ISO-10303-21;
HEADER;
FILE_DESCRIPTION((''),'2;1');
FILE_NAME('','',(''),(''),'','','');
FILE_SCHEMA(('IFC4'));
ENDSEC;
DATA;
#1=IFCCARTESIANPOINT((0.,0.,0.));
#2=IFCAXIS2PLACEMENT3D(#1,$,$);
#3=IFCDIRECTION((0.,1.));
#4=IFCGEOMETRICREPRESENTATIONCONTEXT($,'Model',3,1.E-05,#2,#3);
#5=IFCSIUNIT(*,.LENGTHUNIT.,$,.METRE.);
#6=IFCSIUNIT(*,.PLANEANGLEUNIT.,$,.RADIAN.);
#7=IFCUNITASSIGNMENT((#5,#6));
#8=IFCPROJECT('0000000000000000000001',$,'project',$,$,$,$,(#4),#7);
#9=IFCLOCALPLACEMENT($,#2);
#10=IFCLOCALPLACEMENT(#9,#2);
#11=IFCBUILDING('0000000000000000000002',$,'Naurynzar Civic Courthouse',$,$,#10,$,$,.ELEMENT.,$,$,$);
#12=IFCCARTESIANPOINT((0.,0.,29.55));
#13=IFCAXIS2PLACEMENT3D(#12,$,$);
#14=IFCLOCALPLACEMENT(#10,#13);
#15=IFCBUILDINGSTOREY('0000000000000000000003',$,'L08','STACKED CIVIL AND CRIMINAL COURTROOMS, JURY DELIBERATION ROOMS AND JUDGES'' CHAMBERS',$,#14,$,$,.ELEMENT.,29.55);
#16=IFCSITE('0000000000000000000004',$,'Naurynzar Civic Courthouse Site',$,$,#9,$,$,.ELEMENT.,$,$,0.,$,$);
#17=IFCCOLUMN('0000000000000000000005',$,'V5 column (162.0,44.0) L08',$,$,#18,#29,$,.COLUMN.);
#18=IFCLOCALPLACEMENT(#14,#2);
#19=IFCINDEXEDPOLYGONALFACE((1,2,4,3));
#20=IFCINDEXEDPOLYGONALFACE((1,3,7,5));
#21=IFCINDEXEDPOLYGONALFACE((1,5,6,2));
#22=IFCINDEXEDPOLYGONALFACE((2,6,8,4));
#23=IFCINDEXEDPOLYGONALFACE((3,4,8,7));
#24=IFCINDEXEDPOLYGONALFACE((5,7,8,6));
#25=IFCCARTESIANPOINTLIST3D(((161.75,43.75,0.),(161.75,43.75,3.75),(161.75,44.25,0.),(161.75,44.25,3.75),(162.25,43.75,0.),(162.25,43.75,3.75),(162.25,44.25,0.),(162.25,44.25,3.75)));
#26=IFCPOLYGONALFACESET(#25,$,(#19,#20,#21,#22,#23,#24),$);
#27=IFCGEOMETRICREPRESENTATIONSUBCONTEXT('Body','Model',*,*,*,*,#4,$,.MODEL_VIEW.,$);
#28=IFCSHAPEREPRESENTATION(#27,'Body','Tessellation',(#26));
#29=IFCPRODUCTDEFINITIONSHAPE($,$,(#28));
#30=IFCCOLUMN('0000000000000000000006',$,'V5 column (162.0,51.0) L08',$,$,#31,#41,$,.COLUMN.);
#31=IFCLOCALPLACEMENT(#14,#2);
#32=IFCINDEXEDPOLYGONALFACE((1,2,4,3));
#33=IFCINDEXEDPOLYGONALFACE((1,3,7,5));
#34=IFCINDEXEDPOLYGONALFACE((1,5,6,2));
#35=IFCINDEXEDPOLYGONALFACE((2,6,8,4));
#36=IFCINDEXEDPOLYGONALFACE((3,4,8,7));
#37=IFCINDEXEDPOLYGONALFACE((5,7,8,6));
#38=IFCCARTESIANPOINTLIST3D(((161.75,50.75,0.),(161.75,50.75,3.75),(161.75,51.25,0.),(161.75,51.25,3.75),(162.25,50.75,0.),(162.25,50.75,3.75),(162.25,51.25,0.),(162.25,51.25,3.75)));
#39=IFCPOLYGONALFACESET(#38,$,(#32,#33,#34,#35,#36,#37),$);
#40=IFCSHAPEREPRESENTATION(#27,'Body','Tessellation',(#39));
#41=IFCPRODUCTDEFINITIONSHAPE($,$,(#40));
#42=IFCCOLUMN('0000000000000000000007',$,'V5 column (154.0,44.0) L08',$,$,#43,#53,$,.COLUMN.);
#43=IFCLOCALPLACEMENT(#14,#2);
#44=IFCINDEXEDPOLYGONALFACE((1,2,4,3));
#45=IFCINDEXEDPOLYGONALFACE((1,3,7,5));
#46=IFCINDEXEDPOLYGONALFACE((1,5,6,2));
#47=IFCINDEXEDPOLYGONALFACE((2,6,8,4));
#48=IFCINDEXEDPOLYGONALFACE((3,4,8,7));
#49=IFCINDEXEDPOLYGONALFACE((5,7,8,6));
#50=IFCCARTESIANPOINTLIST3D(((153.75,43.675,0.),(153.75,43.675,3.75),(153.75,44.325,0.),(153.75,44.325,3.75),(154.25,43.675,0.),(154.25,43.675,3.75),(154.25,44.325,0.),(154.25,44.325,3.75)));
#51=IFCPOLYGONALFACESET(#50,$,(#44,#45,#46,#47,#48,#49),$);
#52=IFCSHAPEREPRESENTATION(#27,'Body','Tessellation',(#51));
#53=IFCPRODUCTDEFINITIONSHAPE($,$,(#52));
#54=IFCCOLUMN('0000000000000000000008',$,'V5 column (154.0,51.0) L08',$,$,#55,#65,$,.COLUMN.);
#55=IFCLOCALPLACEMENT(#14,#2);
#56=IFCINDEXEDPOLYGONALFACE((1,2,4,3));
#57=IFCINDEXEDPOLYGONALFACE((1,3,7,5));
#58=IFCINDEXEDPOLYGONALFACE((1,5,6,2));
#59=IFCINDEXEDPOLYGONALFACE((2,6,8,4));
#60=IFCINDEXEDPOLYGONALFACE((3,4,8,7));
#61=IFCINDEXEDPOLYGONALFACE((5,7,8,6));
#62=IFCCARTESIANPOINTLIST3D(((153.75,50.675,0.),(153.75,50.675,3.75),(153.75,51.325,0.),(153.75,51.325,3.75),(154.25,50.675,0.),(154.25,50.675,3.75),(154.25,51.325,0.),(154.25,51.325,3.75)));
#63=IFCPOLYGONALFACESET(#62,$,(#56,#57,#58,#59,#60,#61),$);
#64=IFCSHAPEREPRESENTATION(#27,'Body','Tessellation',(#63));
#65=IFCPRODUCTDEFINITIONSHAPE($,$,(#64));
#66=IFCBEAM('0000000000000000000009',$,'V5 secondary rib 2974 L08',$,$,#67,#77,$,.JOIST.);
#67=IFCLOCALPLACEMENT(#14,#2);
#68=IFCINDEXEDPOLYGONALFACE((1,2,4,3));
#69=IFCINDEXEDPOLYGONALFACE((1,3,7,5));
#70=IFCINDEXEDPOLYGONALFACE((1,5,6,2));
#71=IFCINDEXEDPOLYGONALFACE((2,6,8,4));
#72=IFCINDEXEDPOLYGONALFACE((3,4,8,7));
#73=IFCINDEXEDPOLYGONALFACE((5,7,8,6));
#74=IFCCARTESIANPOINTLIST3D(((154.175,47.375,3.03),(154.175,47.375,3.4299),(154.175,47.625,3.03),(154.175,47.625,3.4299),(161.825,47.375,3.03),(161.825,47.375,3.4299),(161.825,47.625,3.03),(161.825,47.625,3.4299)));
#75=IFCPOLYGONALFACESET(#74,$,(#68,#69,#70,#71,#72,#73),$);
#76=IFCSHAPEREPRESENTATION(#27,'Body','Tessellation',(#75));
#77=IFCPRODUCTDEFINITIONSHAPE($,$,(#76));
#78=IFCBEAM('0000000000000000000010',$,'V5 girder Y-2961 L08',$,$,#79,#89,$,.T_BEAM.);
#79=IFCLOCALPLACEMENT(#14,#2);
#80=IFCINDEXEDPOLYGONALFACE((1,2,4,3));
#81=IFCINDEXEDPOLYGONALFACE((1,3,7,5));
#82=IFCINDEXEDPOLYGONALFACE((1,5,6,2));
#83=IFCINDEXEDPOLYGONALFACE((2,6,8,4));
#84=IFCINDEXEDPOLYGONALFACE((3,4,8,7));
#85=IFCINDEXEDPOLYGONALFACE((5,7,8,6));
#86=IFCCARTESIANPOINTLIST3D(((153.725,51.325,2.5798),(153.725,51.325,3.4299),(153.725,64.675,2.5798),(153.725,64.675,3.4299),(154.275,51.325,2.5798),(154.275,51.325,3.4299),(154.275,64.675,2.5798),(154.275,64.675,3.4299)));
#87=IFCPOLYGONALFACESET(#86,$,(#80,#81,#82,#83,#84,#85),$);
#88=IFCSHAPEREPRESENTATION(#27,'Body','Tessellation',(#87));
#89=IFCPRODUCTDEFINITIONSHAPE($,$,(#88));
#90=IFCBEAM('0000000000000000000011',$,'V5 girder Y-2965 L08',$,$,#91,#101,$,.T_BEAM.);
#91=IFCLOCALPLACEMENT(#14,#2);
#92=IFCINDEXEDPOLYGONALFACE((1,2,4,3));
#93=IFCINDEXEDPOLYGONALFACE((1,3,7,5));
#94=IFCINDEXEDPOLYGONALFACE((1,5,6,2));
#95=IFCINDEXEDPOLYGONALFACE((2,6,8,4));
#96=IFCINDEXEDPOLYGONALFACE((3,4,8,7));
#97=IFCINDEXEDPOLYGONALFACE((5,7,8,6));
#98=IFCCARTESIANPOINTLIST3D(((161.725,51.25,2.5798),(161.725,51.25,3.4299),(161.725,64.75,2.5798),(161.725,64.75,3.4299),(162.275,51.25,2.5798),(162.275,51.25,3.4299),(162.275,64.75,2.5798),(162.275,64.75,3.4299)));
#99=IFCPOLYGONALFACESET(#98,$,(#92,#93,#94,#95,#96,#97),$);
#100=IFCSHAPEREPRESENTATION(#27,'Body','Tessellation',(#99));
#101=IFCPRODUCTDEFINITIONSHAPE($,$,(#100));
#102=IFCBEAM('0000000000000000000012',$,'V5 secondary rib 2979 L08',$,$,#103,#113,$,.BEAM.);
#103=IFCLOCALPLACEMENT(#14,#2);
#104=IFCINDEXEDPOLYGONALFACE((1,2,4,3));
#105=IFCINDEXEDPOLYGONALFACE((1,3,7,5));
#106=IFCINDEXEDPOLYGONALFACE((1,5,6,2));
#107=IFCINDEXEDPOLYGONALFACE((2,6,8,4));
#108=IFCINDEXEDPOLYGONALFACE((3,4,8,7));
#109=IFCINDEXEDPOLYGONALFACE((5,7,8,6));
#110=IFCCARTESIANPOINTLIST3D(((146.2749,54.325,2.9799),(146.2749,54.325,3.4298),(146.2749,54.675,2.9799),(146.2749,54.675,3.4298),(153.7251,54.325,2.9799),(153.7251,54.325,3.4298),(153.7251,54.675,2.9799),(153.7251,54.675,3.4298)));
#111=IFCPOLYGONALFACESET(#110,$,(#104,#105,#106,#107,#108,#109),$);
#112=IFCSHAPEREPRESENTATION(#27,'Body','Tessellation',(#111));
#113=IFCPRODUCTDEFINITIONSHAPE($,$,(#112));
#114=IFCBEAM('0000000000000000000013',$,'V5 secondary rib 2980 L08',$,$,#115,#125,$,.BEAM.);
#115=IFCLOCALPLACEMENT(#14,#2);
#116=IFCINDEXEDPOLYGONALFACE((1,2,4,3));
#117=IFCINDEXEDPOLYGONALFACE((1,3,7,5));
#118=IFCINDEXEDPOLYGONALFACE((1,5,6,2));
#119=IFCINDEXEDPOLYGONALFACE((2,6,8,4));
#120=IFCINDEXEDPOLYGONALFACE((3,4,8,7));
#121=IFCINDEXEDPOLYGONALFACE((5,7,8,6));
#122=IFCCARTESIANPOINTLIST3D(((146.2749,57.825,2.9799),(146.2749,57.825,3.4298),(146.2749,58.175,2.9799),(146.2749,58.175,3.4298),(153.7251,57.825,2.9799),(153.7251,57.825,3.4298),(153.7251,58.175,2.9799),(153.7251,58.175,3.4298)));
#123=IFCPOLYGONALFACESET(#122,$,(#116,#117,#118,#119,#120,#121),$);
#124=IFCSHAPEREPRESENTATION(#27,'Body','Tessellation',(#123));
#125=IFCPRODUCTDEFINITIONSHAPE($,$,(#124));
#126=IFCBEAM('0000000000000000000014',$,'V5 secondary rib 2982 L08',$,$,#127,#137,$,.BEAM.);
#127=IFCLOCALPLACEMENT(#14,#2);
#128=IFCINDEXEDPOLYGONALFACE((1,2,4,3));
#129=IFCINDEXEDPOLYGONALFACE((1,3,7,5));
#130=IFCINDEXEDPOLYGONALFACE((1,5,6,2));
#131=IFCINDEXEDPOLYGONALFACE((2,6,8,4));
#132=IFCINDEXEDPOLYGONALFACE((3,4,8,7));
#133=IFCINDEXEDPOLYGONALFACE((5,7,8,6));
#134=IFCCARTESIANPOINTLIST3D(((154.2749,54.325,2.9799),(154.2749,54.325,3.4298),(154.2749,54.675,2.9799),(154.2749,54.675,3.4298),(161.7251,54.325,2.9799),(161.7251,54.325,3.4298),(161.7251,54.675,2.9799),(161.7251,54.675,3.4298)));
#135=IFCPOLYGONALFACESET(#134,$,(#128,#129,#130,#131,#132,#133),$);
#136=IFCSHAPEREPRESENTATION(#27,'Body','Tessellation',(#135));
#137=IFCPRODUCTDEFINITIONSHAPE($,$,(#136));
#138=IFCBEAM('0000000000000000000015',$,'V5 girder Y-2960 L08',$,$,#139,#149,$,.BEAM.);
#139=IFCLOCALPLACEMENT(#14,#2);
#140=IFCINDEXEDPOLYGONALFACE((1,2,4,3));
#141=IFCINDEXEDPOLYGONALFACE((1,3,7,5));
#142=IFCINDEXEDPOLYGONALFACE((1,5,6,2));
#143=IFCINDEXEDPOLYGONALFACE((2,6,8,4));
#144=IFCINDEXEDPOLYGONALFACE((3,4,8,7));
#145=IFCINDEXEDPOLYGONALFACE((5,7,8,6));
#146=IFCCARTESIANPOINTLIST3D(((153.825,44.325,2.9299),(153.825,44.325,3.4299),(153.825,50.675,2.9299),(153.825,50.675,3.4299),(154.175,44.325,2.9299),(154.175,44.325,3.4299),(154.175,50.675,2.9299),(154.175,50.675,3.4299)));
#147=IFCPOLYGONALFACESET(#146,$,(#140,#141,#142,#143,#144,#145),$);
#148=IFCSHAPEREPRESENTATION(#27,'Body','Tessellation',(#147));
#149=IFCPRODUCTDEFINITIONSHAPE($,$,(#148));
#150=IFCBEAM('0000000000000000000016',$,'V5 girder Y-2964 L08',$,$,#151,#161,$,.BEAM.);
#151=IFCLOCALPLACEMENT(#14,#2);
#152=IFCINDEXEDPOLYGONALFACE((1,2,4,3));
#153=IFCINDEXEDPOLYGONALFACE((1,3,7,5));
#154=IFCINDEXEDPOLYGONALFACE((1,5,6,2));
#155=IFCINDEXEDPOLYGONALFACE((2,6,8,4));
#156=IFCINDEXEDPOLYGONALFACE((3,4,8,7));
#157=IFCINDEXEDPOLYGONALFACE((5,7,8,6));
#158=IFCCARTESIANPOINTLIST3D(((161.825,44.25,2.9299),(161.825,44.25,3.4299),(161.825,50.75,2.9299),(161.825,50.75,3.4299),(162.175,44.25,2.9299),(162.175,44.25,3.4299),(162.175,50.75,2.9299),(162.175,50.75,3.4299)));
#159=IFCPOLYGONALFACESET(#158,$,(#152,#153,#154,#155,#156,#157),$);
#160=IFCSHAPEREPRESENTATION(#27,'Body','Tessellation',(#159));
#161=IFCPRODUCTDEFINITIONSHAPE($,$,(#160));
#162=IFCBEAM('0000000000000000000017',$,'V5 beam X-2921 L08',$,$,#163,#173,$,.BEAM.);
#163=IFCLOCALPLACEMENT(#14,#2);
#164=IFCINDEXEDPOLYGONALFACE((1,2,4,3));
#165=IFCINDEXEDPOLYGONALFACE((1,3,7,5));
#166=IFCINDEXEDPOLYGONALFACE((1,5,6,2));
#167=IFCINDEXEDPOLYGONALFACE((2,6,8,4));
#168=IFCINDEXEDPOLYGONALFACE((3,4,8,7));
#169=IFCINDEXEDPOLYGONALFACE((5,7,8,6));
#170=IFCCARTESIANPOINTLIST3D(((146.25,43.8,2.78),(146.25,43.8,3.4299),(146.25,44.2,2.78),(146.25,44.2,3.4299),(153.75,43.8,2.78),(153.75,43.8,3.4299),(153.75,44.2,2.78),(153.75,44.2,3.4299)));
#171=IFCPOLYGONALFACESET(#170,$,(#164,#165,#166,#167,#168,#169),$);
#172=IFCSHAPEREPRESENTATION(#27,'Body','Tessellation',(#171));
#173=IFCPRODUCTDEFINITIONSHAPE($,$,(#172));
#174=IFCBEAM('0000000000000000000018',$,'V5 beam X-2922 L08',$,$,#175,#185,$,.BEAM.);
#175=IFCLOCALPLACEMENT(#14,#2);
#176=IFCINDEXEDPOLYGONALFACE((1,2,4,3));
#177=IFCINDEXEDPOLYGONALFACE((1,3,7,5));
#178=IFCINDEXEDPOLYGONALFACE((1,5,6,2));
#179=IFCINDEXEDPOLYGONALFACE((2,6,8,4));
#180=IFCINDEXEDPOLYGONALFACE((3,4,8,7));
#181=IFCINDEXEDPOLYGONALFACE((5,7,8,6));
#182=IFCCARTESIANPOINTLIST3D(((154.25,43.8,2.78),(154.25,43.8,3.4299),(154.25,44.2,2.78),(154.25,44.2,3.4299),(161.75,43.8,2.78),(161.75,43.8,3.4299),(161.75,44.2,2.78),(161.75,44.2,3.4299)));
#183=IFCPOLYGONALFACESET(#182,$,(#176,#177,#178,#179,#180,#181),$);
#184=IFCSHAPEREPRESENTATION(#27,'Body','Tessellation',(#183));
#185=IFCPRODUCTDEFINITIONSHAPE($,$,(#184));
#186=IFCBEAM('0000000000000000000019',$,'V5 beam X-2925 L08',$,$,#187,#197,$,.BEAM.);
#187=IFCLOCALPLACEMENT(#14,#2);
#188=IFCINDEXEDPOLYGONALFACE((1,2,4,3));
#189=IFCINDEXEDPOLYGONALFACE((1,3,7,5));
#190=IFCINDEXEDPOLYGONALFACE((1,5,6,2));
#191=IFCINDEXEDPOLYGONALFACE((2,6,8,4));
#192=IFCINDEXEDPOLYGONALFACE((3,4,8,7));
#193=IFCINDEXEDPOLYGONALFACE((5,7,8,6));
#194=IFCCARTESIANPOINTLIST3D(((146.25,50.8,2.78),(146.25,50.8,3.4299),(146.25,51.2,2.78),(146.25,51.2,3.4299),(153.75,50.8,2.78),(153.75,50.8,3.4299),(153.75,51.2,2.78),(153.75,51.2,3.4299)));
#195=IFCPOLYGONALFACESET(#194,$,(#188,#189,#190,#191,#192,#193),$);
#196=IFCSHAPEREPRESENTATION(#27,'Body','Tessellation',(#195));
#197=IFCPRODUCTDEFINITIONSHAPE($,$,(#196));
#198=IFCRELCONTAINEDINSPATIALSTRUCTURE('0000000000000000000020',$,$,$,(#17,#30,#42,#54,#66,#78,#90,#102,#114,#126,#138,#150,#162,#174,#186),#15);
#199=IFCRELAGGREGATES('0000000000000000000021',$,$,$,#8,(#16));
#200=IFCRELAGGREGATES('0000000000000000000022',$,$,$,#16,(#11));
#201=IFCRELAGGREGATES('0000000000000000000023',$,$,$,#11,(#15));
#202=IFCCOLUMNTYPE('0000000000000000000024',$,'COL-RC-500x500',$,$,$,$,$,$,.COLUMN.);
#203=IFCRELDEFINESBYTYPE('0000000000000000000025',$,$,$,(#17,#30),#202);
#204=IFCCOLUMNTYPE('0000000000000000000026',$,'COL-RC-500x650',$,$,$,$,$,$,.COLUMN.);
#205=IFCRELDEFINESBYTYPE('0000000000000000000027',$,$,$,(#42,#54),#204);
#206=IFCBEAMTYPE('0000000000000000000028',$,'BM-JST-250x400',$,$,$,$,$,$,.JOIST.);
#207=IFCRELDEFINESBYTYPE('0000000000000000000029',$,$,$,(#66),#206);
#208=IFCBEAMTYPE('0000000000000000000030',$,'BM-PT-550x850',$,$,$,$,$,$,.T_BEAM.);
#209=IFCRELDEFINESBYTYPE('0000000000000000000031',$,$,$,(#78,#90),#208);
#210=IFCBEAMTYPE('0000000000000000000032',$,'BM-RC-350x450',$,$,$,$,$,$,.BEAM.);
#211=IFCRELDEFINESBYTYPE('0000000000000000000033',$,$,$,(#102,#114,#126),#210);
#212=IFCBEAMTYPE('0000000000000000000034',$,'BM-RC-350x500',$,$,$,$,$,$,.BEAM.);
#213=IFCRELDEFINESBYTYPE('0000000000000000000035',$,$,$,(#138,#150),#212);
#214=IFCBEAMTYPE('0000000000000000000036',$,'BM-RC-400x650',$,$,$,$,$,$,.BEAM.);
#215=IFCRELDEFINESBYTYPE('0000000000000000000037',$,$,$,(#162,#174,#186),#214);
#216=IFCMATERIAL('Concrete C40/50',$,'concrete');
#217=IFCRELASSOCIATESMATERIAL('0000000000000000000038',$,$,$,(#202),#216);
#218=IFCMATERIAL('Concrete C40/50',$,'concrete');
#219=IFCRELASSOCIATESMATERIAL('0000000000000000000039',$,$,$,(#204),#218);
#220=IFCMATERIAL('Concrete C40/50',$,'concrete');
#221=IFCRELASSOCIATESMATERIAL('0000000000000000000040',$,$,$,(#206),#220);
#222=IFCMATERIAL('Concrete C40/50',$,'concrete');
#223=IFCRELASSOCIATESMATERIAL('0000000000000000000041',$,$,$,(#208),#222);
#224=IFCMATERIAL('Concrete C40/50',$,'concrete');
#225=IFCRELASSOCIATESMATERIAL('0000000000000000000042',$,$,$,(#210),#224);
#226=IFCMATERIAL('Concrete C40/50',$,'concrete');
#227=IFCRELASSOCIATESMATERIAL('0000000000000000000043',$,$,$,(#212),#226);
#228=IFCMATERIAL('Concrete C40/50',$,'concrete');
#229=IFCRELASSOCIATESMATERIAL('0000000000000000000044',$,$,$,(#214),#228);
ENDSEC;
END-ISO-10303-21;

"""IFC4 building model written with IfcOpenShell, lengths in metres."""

from ifc_helpers import new_model, si_unit, direction, frame, origin, origin_2d, place, context, subcontext, project, spatial, rectangle, extrude, material, material_profile, profile_set, type_object, element, save


model = new_model("IFC4")

# Units and contexts
model_context = context("Model", 3, precision=1e-05, world=origin(), true_north=direction((0.0, 1.0)))
body_context = subcontext(model_context, "Body", "Model", "MODEL_VIEW")
ifc_project = project(units=[si_unit("LENGTHUNIT", "METRE"), si_unit("PLANEANGLEUNIT", "RADIAN")], contexts=[model_context])

# Site, building, storey
site_placement = place(None, origin())
site = spatial("IfcSite", under=ifc_project, at=site_placement, Name="Naurynzar Civic Courthouse Site", CompositionType="ELEMENT", RefElevation=0.0)
building_placement = place(site_placement, origin())
building = spatial("IfcBuilding", under=site, at=building_placement, Name="Naurynzar Civic Courthouse", CompositionType="ELEMENT")
storey_placement = place(building_placement, frame((0.0, 0.0, 29.55)))
storey = spatial("IfcBuildingStorey", under=building, at=storey_placement, Name="L08", Description="STACKED CIVIL AND CRIMINAL COURTROOMS, JURY DELIBERATION ROOMS AND JUDGES' CHAMBERS", CompositionType="ELEMENT", Elevation=29.55)

# Columns
ifc_material_1 = material(Name="Concrete C40/50", Category="concrete")
ifc_material_profile_1 = material_profile(ifc_material_1, rectangle(XDim=0.5, YDim=0.5, at=origin_2d()), Name="RC 500x500")
ifc_profile_set_1 = profile_set([ifc_material_profile_1], Name="Concrete C40/50")
column_type_1 = type_object("IfcColumnType", Name="COL-RC-500x500", PredefinedType="COLUMN", material=ifc_profile_set_1)
for number, where, z_axis, x_axis, name in (
    (1, (162.0, 44.0, 0.0), (0.0, 0.0, 1.0), (1.0, 0.0, 0.0), "V5 column (162.0,44.0) L08"),
    (2, (162.0, 51.0, 0.0), (0.0, 0.0, 1.0), (1.0, 0.0, 0.0), "V5 column (162.0,51.0) L08"),
):
    element("IfcColumn", number, at=place(storey_placement, frame(where, z_axis=z_axis, x_axis=x_axis)), inside=storey, type_object=column_type_1, Name=name, PredefinedType="COLUMN", context=body_context, shape_type="SweptSolid", body=[
        extrude(rectangle(XDim=0.5, YDim=0.5, at=origin_2d()), origin(), (0.0, 0.0, 1.0), 3.75),
    ])
ifc_material_2 = material(Name="Concrete C40/50", Category="concrete")
ifc_material_profile_2 = material_profile(ifc_material_2, rectangle(XDim=0.5, YDim=0.6499, at=origin_2d()), Name="RC 500x650")
ifc_profile_set_2 = profile_set([ifc_material_profile_2], Name="Concrete C40/50")
column_type_2 = type_object("IfcColumnType", Name="COL-RC-500x650", PredefinedType="COLUMN", material=ifc_profile_set_2)
for number, where, z_axis, x_axis, name in (
    (3, (154.0, 44.0, 0.0), (0.0, 0.0, 1.0), (1.0, 0.0, 0.0), "V5 column (154.0,44.0) L08"),
    (4, (154.0, 51.0, 0.0), (0.0, 0.0, 1.0), (1.0, 0.0, 0.0), "V5 column (154.0,51.0) L08"),
):
    element("IfcColumn", number, at=place(storey_placement, frame(where, z_axis=z_axis, x_axis=x_axis)), inside=storey, type_object=column_type_2, Name=name, PredefinedType="COLUMN", context=body_context, shape_type="SweptSolid", body=[
        extrude(rectangle(XDim=0.5, YDim=0.6499, at=origin_2d()), origin(), (0.0, 0.0, 1.0), 3.75),
    ])

# Beams
ifc_material_3 = material(Name="Concrete C40/50", Category="concrete")
ifc_material_profile_3 = material_profile(ifc_material_3, rectangle(XDim=0.25, YDim=0.3999, at=origin_2d()), Name="RCB 250x400")
ifc_profile_set_3 = profile_set([ifc_material_profile_3], Name="Concrete C40/50")
beam_type_1 = type_object("IfcBeamType", Name="BM-JST-250x400", PredefinedType="JOIST", material=ifc_profile_set_3)
beam_1_placement = place(storey_placement, frame((154.175, 47.5, 3.23), z_axis=(1.0, 0.0, 0.0), x_axis=(0.0, 1.0, 0.0)))
element("IfcBeam", 5, at=beam_1_placement, inside=storey, type_object=beam_type_1, Name="V5 secondary rib 2974 L08", PredefinedType="JOIST", context=body_context, shape_type="SweptSolid", body=[
    extrude(rectangle(XDim=0.25, YDim=0.3999, at=origin_2d()), origin(), (0.0, 0.0, 1.0), 7.6499),
])
ifc_material_4 = material(Name="Concrete C40/50", Category="concrete")
ifc_material_profile_4 = material_profile(ifc_material_4, rectangle(XDim=0.55, YDim=0.8501, at=origin_2d()), Name="PTB 550x850")
ifc_profile_set_4 = profile_set([ifc_material_profile_4], Name="Concrete C40/50")
beam_type_2 = type_object("IfcBeamType", Name="BM-PT-550x850", PredefinedType="T_BEAM", material=ifc_profile_set_4)
beam_2_placement = place(storey_placement, frame((154.0, 51.325, 3.0049), z_axis=(0.0, 1.0, 0.0), x_axis=(-1.0, 0.0, 0.0)))
element("IfcBeam", 6, at=beam_2_placement, inside=storey, type_object=beam_type_2, Name="V5 girder Y-2961 L08", PredefinedType="T_BEAM", context=body_context, shape_type="SweptSolid", body=[
    extrude(rectangle(XDim=0.55, YDim=0.8501, at=origin_2d()), origin(), (0.0, 0.0, 1.0), 13.3501),
])
beam_3_placement = place(storey_placement, frame((162.0, 51.25, 3.0049), z_axis=(0.0, 1.0, 0.0), x_axis=(-1.0, 0.0, 0.0)))
element("IfcBeam", 7, at=beam_3_placement, inside=storey, type_object=beam_type_2, Name="V5 girder Y-2965 L08", PredefinedType="T_BEAM", context=body_context, shape_type="SweptSolid", body=[
    extrude(rectangle(XDim=0.55, YDim=0.8501, at=origin_2d()), origin(), (0.0, 0.0, 1.0), 13.5),
])
ifc_material_5 = material(Name="Concrete C40/50", Category="concrete")
ifc_material_profile_5 = material_profile(ifc_material_5, rectangle(XDim=0.3501, YDim=0.45, at=origin_2d()), Name="RCB 350x450")
ifc_profile_set_5 = profile_set([ifc_material_profile_5], Name="Concrete C40/50")
beam_type_3 = type_object("IfcBeamType", Name="BM-RC-350x450", PredefinedType="BEAM", material=ifc_profile_set_5)
for number, where, z_axis, x_axis, name in (
    (8, (146.2749, 54.5, 3.2048), (1.0, 0.0, 0.0), (0.0, 1.0, 0.0), "V5 secondary rib 2979 L08"),
    (9, (146.2749, 58.0, 3.2048), (1.0, 0.0, 0.0), (0.0, 1.0, 0.0), "V5 secondary rib 2980 L08"),
    (10, (154.2749, 54.5, 3.2048), (1.0, 0.0, 0.0), (0.0, 1.0, 0.0), "V5 secondary rib 2982 L08"),
):
    element("IfcBeam", number, at=place(storey_placement, frame(where, z_axis=z_axis, x_axis=x_axis)), inside=storey, type_object=beam_type_3, Name=name, PredefinedType="BEAM", context=body_context, shape_type="SweptSolid", body=[
        extrude(rectangle(XDim=0.3501, YDim=0.45, at=origin_2d()), origin(), (0.0, 0.0, 1.0), 7.4502),
    ])
ifc_material_6 = material(Name="Concrete C40/50", Category="concrete")
ifc_material_profile_6 = material_profile(ifc_material_6, rectangle(XDim=0.3501, YDim=0.5, at=origin_2d()), Name="RCB 350x500")
ifc_profile_set_6 = profile_set([ifc_material_profile_6], Name="Concrete C40/50")
beam_type_4 = type_object("IfcBeamType", Name="BM-RC-350x500", PredefinedType="BEAM", material=ifc_profile_set_6)
beam_4_placement = place(storey_placement, frame((154.0, 44.325, 3.1799), z_axis=(0.0, 1.0, 0.0), x_axis=(-1.0, 0.0, 0.0)))
element("IfcBeam", 11, at=beam_4_placement, inside=storey, type_object=beam_type_4, Name="V5 girder Y-2960 L08", PredefinedType="BEAM", context=body_context, shape_type="SweptSolid", body=[
    extrude(rectangle(XDim=0.3501, YDim=0.5, at=origin_2d()), origin(), (0.0, 0.0, 1.0), 6.3501),
])
beam_5_placement = place(storey_placement, frame((162.0, 44.25, 3.1799), z_axis=(0.0, 1.0, 0.0), x_axis=(-1.0, 0.0, 0.0)))
element("IfcBeam", 12, at=beam_5_placement, inside=storey, type_object=beam_type_4, Name="V5 girder Y-2964 L08", PredefinedType="BEAM", context=body_context, shape_type="SweptSolid", body=[
    extrude(rectangle(XDim=0.3501, YDim=0.5, at=origin_2d()), origin(), (0.0, 0.0, 1.0), 6.5),
])
ifc_material_7 = material(Name="Concrete C40/50", Category="concrete")
ifc_material_profile_7 = material_profile(ifc_material_7, rectangle(XDim=0.3999, YDim=0.6499, at=origin_2d()), Name="RCB 400x650")
ifc_profile_set_7 = profile_set([ifc_material_profile_7], Name="Concrete C40/50")
beam_type_5 = type_object("IfcBeamType", Name="BM-RC-400x650", PredefinedType="BEAM", material=ifc_profile_set_7)
for number, where, z_axis, x_axis, name in (
    (13, (146.25, 44.0, 3.105), (1.0, 0.0, 0.0), (0.0, 1.0, 0.0), "V5 beam X-2921 L08"),
    (14, (154.25, 44.0, 3.105), (1.0, 0.0, 0.0), (0.0, 1.0, 0.0), "V5 beam X-2922 L08"),
    (15, (146.25, 51.0, 3.105), (1.0, 0.0, 0.0), (0.0, 1.0, 0.0), "V5 beam X-2925 L08"),
):
    element("IfcBeam", number, at=place(storey_placement, frame(where, z_axis=z_axis, x_axis=x_axis)), inside=storey, type_object=beam_type_5, Name=name, PredefinedType="BEAM", context=body_context, shape_type="SweptSolid", body=[
        extrude(rectangle(XDim=0.3999, YDim=0.6499, at=origin_2d()), origin(), (0.0, 0.0, 1.0), 7.5),
    ])

save(model, "model.ifc")
